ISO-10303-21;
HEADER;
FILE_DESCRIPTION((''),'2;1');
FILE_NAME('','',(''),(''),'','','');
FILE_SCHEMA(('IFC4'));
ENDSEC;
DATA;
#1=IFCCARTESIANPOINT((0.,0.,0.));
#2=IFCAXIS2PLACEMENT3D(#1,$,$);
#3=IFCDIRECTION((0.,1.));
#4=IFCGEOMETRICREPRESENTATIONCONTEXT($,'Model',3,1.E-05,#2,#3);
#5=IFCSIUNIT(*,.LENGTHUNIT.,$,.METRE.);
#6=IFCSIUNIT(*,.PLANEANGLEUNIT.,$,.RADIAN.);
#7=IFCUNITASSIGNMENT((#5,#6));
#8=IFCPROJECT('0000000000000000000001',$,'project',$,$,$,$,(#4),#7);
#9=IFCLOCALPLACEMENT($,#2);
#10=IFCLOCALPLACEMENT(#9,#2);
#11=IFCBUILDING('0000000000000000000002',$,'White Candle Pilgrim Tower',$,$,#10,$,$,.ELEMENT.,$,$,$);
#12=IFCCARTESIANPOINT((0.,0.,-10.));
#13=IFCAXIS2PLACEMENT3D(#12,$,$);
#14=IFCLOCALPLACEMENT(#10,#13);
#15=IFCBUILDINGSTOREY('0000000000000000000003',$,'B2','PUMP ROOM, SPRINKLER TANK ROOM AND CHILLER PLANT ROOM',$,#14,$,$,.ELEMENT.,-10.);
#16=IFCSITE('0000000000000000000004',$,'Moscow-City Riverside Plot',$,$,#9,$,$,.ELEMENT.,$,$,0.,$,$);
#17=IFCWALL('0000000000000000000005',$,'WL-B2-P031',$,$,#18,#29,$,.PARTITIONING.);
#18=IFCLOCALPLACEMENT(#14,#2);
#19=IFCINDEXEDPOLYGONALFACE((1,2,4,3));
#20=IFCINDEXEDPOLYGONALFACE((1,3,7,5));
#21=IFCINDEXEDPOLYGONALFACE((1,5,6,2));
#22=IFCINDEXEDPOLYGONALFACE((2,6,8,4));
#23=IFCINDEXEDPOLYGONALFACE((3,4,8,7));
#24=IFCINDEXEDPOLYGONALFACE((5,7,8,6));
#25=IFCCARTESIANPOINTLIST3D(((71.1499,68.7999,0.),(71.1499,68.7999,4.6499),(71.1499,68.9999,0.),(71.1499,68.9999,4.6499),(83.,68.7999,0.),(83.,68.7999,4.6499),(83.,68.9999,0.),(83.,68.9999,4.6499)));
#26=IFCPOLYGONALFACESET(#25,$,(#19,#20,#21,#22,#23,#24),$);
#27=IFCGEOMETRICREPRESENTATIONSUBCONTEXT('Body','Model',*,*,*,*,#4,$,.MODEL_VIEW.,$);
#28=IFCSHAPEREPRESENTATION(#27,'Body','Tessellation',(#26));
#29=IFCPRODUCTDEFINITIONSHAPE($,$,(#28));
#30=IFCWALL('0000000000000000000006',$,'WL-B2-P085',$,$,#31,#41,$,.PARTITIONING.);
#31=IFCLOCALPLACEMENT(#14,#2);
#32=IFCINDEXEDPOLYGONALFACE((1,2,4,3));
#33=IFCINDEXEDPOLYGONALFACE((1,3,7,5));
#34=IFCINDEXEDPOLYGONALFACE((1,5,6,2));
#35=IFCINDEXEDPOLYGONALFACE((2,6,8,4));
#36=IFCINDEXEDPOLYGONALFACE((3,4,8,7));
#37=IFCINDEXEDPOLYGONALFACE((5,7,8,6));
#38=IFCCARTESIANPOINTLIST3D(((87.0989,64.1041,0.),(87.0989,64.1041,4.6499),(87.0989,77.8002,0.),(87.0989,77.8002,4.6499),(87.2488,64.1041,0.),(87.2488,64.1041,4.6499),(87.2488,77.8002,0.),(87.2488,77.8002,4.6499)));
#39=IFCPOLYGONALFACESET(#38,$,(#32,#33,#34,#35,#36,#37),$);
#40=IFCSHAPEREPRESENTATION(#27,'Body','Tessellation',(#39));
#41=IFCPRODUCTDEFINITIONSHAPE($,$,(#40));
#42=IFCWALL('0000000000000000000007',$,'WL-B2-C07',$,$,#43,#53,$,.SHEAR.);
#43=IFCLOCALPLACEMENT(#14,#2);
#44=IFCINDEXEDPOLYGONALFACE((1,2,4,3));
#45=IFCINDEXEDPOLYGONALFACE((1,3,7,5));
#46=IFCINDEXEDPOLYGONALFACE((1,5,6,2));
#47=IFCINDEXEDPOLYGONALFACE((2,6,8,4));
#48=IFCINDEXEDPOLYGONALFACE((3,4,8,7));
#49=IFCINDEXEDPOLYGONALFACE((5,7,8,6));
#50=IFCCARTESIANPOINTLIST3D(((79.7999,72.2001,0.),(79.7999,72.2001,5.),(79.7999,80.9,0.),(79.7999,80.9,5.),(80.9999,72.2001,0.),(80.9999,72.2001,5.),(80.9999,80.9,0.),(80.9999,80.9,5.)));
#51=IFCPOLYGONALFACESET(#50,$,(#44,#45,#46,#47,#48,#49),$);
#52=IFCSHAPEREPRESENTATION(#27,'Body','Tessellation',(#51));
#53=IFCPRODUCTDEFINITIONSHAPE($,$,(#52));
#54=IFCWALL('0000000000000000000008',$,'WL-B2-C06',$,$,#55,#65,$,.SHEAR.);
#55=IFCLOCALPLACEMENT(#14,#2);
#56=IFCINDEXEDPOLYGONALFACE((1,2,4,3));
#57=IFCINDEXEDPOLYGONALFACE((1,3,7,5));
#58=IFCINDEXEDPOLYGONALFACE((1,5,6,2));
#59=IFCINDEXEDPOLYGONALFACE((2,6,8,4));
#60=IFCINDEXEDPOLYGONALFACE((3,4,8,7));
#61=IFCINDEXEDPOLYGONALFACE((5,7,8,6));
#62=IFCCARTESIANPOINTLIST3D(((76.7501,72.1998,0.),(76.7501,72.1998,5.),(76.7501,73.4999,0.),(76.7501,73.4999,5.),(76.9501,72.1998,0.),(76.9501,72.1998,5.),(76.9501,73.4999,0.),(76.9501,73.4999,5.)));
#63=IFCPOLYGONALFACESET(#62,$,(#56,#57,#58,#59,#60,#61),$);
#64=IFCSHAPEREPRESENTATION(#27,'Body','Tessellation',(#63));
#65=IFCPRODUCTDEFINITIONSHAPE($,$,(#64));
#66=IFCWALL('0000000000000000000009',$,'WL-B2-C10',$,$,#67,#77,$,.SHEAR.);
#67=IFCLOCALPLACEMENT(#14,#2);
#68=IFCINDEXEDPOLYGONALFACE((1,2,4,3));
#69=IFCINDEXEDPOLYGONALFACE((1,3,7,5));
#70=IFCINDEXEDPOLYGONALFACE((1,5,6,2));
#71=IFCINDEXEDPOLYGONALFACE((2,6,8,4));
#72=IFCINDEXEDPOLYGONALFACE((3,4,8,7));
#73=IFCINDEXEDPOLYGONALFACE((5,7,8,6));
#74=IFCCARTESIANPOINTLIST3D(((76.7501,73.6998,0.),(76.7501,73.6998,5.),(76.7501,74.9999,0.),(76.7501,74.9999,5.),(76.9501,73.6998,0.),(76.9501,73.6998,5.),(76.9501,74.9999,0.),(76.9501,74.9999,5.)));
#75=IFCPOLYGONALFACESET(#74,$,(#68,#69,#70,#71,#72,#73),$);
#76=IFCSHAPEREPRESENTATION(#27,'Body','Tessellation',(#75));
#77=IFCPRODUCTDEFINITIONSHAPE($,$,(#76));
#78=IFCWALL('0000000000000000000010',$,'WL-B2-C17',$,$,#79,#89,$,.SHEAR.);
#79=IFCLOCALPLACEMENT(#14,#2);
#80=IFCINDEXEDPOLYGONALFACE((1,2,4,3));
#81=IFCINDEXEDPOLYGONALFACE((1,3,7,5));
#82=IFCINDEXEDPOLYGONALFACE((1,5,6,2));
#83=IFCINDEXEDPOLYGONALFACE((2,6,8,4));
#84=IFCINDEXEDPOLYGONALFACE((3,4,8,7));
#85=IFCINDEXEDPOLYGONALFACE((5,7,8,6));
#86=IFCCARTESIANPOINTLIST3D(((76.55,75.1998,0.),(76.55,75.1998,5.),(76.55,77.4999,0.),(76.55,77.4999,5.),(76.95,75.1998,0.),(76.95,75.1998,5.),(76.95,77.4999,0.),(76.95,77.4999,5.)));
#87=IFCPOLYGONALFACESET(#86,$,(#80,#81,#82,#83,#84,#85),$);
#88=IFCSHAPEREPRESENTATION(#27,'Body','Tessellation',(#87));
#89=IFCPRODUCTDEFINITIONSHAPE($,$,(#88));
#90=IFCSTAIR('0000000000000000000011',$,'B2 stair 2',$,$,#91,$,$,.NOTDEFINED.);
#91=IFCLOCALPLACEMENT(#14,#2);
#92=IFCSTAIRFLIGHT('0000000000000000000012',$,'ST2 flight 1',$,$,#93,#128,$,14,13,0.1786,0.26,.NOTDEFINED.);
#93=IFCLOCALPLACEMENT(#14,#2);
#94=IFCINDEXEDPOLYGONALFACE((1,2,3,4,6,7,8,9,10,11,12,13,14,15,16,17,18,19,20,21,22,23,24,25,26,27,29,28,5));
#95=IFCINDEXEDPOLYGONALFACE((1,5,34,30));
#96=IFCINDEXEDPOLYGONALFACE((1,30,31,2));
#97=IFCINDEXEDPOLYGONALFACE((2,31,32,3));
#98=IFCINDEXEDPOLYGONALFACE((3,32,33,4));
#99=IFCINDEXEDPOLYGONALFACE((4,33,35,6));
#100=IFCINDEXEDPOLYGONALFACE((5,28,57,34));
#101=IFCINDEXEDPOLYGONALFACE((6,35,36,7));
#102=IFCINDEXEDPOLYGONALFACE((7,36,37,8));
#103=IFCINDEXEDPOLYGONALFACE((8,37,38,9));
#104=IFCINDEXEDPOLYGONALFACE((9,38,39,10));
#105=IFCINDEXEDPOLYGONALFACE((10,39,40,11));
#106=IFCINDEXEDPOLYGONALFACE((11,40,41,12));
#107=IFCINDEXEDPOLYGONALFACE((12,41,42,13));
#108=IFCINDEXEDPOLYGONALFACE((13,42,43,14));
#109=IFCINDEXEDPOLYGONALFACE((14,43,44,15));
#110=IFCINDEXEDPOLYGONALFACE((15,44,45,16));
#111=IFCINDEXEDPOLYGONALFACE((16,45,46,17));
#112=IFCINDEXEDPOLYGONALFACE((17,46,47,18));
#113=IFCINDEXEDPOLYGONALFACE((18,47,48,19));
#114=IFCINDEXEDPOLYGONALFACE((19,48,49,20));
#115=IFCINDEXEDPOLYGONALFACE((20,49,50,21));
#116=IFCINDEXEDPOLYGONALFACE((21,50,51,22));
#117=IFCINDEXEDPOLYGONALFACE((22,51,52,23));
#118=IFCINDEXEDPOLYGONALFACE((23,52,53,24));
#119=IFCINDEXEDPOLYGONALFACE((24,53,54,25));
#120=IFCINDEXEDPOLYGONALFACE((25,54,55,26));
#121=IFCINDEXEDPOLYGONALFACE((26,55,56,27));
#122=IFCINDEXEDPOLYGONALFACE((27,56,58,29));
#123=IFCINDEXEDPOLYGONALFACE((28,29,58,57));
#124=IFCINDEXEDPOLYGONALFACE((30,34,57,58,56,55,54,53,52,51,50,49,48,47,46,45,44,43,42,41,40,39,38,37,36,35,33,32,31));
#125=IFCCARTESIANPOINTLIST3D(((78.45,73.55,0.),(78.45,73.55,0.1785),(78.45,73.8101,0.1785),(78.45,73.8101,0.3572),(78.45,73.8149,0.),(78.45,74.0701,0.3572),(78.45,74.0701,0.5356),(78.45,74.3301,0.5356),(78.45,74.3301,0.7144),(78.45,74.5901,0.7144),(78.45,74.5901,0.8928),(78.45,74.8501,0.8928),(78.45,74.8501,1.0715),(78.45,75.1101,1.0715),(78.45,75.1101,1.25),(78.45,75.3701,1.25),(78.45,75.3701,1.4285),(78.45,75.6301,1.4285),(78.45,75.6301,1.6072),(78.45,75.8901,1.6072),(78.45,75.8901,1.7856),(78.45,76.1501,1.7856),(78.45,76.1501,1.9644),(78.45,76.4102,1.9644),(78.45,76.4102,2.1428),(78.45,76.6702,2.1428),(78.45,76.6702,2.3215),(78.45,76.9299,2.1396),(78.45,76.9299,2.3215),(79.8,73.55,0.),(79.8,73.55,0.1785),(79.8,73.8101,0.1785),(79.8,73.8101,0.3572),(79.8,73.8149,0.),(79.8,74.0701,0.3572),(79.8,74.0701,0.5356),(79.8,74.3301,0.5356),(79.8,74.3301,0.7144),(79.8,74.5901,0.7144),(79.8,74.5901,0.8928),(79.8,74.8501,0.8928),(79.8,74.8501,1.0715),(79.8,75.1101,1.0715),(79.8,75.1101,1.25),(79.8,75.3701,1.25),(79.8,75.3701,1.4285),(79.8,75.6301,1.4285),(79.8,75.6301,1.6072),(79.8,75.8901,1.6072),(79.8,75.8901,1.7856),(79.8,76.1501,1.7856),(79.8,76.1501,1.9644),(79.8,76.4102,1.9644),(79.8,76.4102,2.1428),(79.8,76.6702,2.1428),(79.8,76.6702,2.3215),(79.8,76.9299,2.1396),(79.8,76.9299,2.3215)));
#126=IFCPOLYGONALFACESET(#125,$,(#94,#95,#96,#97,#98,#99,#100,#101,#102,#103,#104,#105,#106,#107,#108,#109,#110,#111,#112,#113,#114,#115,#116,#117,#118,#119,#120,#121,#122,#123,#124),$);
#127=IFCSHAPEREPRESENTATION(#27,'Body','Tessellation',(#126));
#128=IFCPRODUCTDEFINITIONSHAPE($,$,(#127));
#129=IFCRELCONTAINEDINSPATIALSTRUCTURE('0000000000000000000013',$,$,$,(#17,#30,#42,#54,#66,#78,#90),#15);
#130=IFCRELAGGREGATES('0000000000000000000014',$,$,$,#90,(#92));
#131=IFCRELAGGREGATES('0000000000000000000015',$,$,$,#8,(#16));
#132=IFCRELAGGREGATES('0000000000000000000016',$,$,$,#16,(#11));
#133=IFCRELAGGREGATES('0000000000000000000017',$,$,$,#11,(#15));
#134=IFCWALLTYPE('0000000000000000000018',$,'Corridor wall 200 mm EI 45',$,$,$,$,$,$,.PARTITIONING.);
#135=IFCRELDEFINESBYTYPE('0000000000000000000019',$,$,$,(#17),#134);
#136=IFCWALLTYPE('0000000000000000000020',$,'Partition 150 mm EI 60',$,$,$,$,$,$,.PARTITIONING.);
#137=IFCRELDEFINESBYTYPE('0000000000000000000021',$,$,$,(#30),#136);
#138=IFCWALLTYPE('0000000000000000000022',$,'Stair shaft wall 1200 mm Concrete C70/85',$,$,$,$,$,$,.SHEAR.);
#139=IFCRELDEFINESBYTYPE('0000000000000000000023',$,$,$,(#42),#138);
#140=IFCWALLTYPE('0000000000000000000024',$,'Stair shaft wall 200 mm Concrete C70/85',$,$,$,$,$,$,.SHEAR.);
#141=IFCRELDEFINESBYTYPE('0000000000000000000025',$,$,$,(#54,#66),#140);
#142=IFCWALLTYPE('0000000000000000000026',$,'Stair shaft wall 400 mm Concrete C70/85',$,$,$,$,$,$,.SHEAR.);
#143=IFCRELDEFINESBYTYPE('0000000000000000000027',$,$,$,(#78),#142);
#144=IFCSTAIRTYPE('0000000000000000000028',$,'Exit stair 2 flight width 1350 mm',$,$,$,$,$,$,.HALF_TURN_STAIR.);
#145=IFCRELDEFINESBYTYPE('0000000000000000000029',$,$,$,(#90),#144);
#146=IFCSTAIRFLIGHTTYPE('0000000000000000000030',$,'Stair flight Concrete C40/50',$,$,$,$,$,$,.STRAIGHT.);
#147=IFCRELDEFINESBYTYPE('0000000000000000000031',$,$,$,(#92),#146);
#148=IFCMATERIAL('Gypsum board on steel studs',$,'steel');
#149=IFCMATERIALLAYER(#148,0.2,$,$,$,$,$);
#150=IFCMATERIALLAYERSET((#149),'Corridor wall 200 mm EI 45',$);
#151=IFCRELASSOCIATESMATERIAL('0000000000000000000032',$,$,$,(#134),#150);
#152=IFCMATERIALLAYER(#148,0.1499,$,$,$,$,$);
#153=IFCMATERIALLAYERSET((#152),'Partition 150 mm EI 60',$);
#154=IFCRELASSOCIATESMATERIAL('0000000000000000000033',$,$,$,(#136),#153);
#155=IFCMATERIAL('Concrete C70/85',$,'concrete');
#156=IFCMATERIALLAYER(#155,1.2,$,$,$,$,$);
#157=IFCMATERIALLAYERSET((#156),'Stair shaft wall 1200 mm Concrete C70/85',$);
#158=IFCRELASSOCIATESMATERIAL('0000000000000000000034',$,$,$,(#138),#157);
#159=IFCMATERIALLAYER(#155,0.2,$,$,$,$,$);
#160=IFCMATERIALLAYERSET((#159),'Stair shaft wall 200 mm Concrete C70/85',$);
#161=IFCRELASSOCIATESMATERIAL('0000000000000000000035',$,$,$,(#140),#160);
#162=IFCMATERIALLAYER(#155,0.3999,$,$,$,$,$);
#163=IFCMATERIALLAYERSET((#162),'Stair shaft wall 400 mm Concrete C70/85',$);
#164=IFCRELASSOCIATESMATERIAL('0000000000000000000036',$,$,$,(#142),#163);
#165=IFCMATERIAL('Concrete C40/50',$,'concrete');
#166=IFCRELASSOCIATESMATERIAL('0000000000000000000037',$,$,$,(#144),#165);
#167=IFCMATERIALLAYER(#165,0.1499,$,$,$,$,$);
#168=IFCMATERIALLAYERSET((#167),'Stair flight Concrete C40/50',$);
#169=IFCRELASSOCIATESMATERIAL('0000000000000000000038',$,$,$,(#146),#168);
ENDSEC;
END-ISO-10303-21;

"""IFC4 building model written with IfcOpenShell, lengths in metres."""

from ifc_helpers import new_model, si_unit, direction, frame, frame_2d, origin, place, context, subcontext, project, spatial, polyline, rectangle, outline, extrude, material, layer, layer_set, type_object, element, aggregate, save


model = new_model("IFC4")

# Units and contexts
model_context = context("Model", 3, precision=1e-05, world=origin(), true_north=direction((0.0, 1.0)))
body_context = subcontext(model_context, "Body", "Model", "MODEL_VIEW")
ifc_project = project(units=[si_unit("LENGTHUNIT", "METRE"), si_unit("PLANEANGLEUNIT", "RADIAN")], contexts=[model_context])

# Site, building, storey
site_placement = place(None, origin())
site = spatial("IfcSite", under=ifc_project, at=site_placement, Name="Moscow-City Riverside Plot", CompositionType="ELEMENT", RefElevation=0.0)
building_placement = place(site_placement, origin())
building = spatial("IfcBuilding", under=site, at=building_placement, Name="White Candle Pilgrim Tower", CompositionType="ELEMENT")
storey_placement = place(building_placement, frame((0.0, 0.0, -10.0)))
storey = spatial("IfcBuildingStorey", under=building, at=storey_placement, Name="B2", Description="PUMP ROOM, SPRINKLER TANK ROOM AND CHILLER PLANT ROOM", CompositionType="ELEMENT", Elevation=-10.0)

# Shared definitions
ifc_material_1 = material(Name="Concrete C40/50", Category="concrete")

# Walls
ifc_material_2 = material(Name="Gypsum board on steel studs", Category="steel")
ifc_layer_1 = layer(ifc_material_2, 0.2)
ifc_layer_set_1 = layer_set([ifc_layer_1], Name="Corridor wall 200 mm EI 45")
wall_type_1 = type_object("IfcWallType", Name="Corridor wall 200 mm EI 45", PredefinedType="PARTITIONING", material=ifc_layer_set_1)
wall_1_placement = place(storey_placement, frame((83.0, 68.8999, 0.0), z_axis=(0.0, 0.0, 1.0), x_axis=(-1.0, 0.0, 0.0)))
element("IfcWall", 1, at=wall_1_placement, inside=storey, type_object=wall_type_1, Name="WL-B2-P031", PredefinedType="PARTITIONING", context=body_context, shape_type="SweptSolid", body=[
    extrude(rectangle(XDim=11.8501, YDim=0.2, at=frame_2d((5.925, 0.0))), origin(), (0.0, 0.0, 1.0), 4.6499),
])
ifc_layer_2 = layer(ifc_material_2, 0.1499)
ifc_layer_set_2 = layer_set([ifc_layer_2], Name="Partition 150 mm EI 60")
wall_type_2 = type_object("IfcWallType", Name="Partition 150 mm EI 60", PredefinedType="PARTITIONING", material=ifc_layer_set_2)
wall_2_placement = place(storey_placement, frame((87.1738, 64.104, 0.0), z_axis=(0.0, 0.0, 1.0), x_axis=(0.0, 1.0, 0.0)))
element("IfcWall", 2, at=wall_2_placement, inside=storey, type_object=wall_type_2, Name="WL-B2-P085", PredefinedType="PARTITIONING", context=body_context, shape_type="SweptSolid", body=[
    extrude(rectangle(XDim=13.696, YDim=0.1499, at=frame_2d((6.8481, 0.0))), origin(), (0.0, 0.0, 1.0), 4.6499),
])
ifc_material_3 = material(Name="Concrete C70/85", Category="concrete")
ifc_layer_3 = layer(ifc_material_3, 1.2)
ifc_layer_set_3 = layer_set([ifc_layer_3], Name="Stair shaft wall 1200 mm Concrete C70/85")
wall_type_3 = type_object("IfcWallType", Name="Stair shaft wall 1200 mm Concrete C70/85", PredefinedType="SHEAR", material=ifc_layer_set_3)
wall_3_placement = place(storey_placement, frame((80.3999, 72.2, 0.0), z_axis=(0.0, 0.0, 1.0), x_axis=(0.0, 1.0, 0.0)))
element("IfcWall", 3, at=wall_3_placement, inside=storey, type_object=wall_type_3, Name="WL-B2-C07", PredefinedType="SHEAR", context=body_context, shape_type="SweptSolid", body=[
    extrude(rectangle(XDim=8.7, YDim=1.2, at=frame_2d((4.3501, 0.0))), origin(), (0.0, 0.0, 1.0), 5.0),
])
ifc_layer_4 = layer(ifc_material_3, 0.2)
ifc_layer_set_4 = layer_set([ifc_layer_4], Name="Stair shaft wall 200 mm Concrete C70/85")
wall_type_4 = type_object("IfcWallType", Name="Stair shaft wall 200 mm Concrete C70/85", PredefinedType="SHEAR", material=ifc_layer_set_4)
for number, where, z_axis, x_axis, name in (
    (4, (76.8501, 72.2, 0.0), (0.0, 0.0, 1.0), (0.0, 1.0, 0.0), "WL-B2-C06"),
    (5, (76.8501, 73.7, 0.0), (0.0, 0.0, 1.0), (0.0, 1.0, 0.0), "WL-B2-C10"),
):
    element("IfcWall", number, at=place(storey_placement, frame(where, z_axis=z_axis, x_axis=x_axis)), inside=storey, type_object=wall_type_4, Name=name, PredefinedType="SHEAR", context=body_context, shape_type="SweptSolid", body=[
        extrude(rectangle(XDim=1.3, YDim=0.2, at=frame_2d((0.6499, 0.0))), origin(), (0.0, 0.0, 1.0), 5.0),
    ])
ifc_layer_5 = layer(ifc_material_3, 0.3999)
ifc_layer_set_5 = layer_set([ifc_layer_5], Name="Stair shaft wall 400 mm Concrete C70/85")
wall_type_5 = type_object("IfcWallType", Name="Stair shaft wall 400 mm Concrete C70/85", PredefinedType="SHEAR", material=ifc_layer_set_5)
wall_4_placement = place(storey_placement, frame((76.75, 75.2, 0.0), z_axis=(0.0, 0.0, 1.0), x_axis=(0.0, 1.0, 0.0)))
element("IfcWall", 6, at=wall_4_placement, inside=storey, type_object=wall_type_5, Name="WL-B2-C17", PredefinedType="SHEAR", context=body_context, shape_type="SweptSolid", body=[
    extrude(rectangle(XDim=2.3, YDim=0.3999, at=frame_2d((1.1499, 0.0))), origin(), (0.0, 0.0, 1.0), 5.0),
])

# Stair, stair flight
stair_type = type_object("IfcStairType", Name="Exit stair 2 flight width 1350 mm", PredefinedType="HALF_TURN_STAIR", material=ifc_material_1)
stair_placement = place(storey_placement, origin())
stair = element("IfcStair", 7, at=stair_placement, inside=storey, type_object=stair_type, Name="B2 stair 2", PredefinedType="NOTDEFINED")
ifc_layer_6 = layer(ifc_material_1, 0.1499)
ifc_layer_set_6 = layer_set([ifc_layer_6], Name="Stair flight Concrete C40/50")
stair_flight_type = type_object("IfcStairFlightType", Name="Stair flight Concrete C40/50", PredefinedType="STRAIGHT", material=ifc_layer_set_6)
stair_flight_placement = place(storey_placement, frame((79.125, 73.55, 0.0), z_axis=(0.0, 0.0, 1.0), x_axis=(0.0, 1.0, 0.0)))
stair_flight = element("IfcStairFlight", 8, at=stair_flight_placement, type_object=stair_flight_type, Name="ST2 flight 1", NumberOfRisers=14, NumberOfTreads=13, PredefinedType="NOTDEFINED", RiserHeight=0.1786, TreadLength=0.26, context=body_context, shape_type="SweptSolid", body=[
    extrude(outline(polyline([(0.0, 0.0), (0.0, 0.1785), (0.26, 0.1785), (0.26, 0.3572), (0.52, 0.3572), (0.52, 0.5356), (0.78, 0.5356), (0.78, 0.7144), (1.04, 0.7144), (1.04, 0.8928), (1.3, 0.8928), (1.3, 1.0715), (1.5601, 1.0715), (1.5601, 1.25), (1.8201, 1.25), (1.8201, 1.4285), (2.0801, 1.4285), (2.0801, 1.6072), (2.3401, 1.6072), (2.3401, 1.7856), (2.6001, 1.7856), (2.6001, 1.9644), (2.8601, 1.9644), (2.8601, 2.1428), (3.1201, 2.1428), (3.1201, 2.3215), (3.3799, 2.3215), (3.3799, 2.5), (3.3799, 2.1396), (0.2649, 0.0), (0.0, 0.0)])), frame((0.0, 0.675, 0.0), z_axis=(0.0, -1.0, 0.0), x_axis=(1.0, 0.0, 0.0)), (0.0, 0.0, 1.0), 1.3501),
])
aggregate(stair, [stair_flight])

save(model, "model.ifc")
